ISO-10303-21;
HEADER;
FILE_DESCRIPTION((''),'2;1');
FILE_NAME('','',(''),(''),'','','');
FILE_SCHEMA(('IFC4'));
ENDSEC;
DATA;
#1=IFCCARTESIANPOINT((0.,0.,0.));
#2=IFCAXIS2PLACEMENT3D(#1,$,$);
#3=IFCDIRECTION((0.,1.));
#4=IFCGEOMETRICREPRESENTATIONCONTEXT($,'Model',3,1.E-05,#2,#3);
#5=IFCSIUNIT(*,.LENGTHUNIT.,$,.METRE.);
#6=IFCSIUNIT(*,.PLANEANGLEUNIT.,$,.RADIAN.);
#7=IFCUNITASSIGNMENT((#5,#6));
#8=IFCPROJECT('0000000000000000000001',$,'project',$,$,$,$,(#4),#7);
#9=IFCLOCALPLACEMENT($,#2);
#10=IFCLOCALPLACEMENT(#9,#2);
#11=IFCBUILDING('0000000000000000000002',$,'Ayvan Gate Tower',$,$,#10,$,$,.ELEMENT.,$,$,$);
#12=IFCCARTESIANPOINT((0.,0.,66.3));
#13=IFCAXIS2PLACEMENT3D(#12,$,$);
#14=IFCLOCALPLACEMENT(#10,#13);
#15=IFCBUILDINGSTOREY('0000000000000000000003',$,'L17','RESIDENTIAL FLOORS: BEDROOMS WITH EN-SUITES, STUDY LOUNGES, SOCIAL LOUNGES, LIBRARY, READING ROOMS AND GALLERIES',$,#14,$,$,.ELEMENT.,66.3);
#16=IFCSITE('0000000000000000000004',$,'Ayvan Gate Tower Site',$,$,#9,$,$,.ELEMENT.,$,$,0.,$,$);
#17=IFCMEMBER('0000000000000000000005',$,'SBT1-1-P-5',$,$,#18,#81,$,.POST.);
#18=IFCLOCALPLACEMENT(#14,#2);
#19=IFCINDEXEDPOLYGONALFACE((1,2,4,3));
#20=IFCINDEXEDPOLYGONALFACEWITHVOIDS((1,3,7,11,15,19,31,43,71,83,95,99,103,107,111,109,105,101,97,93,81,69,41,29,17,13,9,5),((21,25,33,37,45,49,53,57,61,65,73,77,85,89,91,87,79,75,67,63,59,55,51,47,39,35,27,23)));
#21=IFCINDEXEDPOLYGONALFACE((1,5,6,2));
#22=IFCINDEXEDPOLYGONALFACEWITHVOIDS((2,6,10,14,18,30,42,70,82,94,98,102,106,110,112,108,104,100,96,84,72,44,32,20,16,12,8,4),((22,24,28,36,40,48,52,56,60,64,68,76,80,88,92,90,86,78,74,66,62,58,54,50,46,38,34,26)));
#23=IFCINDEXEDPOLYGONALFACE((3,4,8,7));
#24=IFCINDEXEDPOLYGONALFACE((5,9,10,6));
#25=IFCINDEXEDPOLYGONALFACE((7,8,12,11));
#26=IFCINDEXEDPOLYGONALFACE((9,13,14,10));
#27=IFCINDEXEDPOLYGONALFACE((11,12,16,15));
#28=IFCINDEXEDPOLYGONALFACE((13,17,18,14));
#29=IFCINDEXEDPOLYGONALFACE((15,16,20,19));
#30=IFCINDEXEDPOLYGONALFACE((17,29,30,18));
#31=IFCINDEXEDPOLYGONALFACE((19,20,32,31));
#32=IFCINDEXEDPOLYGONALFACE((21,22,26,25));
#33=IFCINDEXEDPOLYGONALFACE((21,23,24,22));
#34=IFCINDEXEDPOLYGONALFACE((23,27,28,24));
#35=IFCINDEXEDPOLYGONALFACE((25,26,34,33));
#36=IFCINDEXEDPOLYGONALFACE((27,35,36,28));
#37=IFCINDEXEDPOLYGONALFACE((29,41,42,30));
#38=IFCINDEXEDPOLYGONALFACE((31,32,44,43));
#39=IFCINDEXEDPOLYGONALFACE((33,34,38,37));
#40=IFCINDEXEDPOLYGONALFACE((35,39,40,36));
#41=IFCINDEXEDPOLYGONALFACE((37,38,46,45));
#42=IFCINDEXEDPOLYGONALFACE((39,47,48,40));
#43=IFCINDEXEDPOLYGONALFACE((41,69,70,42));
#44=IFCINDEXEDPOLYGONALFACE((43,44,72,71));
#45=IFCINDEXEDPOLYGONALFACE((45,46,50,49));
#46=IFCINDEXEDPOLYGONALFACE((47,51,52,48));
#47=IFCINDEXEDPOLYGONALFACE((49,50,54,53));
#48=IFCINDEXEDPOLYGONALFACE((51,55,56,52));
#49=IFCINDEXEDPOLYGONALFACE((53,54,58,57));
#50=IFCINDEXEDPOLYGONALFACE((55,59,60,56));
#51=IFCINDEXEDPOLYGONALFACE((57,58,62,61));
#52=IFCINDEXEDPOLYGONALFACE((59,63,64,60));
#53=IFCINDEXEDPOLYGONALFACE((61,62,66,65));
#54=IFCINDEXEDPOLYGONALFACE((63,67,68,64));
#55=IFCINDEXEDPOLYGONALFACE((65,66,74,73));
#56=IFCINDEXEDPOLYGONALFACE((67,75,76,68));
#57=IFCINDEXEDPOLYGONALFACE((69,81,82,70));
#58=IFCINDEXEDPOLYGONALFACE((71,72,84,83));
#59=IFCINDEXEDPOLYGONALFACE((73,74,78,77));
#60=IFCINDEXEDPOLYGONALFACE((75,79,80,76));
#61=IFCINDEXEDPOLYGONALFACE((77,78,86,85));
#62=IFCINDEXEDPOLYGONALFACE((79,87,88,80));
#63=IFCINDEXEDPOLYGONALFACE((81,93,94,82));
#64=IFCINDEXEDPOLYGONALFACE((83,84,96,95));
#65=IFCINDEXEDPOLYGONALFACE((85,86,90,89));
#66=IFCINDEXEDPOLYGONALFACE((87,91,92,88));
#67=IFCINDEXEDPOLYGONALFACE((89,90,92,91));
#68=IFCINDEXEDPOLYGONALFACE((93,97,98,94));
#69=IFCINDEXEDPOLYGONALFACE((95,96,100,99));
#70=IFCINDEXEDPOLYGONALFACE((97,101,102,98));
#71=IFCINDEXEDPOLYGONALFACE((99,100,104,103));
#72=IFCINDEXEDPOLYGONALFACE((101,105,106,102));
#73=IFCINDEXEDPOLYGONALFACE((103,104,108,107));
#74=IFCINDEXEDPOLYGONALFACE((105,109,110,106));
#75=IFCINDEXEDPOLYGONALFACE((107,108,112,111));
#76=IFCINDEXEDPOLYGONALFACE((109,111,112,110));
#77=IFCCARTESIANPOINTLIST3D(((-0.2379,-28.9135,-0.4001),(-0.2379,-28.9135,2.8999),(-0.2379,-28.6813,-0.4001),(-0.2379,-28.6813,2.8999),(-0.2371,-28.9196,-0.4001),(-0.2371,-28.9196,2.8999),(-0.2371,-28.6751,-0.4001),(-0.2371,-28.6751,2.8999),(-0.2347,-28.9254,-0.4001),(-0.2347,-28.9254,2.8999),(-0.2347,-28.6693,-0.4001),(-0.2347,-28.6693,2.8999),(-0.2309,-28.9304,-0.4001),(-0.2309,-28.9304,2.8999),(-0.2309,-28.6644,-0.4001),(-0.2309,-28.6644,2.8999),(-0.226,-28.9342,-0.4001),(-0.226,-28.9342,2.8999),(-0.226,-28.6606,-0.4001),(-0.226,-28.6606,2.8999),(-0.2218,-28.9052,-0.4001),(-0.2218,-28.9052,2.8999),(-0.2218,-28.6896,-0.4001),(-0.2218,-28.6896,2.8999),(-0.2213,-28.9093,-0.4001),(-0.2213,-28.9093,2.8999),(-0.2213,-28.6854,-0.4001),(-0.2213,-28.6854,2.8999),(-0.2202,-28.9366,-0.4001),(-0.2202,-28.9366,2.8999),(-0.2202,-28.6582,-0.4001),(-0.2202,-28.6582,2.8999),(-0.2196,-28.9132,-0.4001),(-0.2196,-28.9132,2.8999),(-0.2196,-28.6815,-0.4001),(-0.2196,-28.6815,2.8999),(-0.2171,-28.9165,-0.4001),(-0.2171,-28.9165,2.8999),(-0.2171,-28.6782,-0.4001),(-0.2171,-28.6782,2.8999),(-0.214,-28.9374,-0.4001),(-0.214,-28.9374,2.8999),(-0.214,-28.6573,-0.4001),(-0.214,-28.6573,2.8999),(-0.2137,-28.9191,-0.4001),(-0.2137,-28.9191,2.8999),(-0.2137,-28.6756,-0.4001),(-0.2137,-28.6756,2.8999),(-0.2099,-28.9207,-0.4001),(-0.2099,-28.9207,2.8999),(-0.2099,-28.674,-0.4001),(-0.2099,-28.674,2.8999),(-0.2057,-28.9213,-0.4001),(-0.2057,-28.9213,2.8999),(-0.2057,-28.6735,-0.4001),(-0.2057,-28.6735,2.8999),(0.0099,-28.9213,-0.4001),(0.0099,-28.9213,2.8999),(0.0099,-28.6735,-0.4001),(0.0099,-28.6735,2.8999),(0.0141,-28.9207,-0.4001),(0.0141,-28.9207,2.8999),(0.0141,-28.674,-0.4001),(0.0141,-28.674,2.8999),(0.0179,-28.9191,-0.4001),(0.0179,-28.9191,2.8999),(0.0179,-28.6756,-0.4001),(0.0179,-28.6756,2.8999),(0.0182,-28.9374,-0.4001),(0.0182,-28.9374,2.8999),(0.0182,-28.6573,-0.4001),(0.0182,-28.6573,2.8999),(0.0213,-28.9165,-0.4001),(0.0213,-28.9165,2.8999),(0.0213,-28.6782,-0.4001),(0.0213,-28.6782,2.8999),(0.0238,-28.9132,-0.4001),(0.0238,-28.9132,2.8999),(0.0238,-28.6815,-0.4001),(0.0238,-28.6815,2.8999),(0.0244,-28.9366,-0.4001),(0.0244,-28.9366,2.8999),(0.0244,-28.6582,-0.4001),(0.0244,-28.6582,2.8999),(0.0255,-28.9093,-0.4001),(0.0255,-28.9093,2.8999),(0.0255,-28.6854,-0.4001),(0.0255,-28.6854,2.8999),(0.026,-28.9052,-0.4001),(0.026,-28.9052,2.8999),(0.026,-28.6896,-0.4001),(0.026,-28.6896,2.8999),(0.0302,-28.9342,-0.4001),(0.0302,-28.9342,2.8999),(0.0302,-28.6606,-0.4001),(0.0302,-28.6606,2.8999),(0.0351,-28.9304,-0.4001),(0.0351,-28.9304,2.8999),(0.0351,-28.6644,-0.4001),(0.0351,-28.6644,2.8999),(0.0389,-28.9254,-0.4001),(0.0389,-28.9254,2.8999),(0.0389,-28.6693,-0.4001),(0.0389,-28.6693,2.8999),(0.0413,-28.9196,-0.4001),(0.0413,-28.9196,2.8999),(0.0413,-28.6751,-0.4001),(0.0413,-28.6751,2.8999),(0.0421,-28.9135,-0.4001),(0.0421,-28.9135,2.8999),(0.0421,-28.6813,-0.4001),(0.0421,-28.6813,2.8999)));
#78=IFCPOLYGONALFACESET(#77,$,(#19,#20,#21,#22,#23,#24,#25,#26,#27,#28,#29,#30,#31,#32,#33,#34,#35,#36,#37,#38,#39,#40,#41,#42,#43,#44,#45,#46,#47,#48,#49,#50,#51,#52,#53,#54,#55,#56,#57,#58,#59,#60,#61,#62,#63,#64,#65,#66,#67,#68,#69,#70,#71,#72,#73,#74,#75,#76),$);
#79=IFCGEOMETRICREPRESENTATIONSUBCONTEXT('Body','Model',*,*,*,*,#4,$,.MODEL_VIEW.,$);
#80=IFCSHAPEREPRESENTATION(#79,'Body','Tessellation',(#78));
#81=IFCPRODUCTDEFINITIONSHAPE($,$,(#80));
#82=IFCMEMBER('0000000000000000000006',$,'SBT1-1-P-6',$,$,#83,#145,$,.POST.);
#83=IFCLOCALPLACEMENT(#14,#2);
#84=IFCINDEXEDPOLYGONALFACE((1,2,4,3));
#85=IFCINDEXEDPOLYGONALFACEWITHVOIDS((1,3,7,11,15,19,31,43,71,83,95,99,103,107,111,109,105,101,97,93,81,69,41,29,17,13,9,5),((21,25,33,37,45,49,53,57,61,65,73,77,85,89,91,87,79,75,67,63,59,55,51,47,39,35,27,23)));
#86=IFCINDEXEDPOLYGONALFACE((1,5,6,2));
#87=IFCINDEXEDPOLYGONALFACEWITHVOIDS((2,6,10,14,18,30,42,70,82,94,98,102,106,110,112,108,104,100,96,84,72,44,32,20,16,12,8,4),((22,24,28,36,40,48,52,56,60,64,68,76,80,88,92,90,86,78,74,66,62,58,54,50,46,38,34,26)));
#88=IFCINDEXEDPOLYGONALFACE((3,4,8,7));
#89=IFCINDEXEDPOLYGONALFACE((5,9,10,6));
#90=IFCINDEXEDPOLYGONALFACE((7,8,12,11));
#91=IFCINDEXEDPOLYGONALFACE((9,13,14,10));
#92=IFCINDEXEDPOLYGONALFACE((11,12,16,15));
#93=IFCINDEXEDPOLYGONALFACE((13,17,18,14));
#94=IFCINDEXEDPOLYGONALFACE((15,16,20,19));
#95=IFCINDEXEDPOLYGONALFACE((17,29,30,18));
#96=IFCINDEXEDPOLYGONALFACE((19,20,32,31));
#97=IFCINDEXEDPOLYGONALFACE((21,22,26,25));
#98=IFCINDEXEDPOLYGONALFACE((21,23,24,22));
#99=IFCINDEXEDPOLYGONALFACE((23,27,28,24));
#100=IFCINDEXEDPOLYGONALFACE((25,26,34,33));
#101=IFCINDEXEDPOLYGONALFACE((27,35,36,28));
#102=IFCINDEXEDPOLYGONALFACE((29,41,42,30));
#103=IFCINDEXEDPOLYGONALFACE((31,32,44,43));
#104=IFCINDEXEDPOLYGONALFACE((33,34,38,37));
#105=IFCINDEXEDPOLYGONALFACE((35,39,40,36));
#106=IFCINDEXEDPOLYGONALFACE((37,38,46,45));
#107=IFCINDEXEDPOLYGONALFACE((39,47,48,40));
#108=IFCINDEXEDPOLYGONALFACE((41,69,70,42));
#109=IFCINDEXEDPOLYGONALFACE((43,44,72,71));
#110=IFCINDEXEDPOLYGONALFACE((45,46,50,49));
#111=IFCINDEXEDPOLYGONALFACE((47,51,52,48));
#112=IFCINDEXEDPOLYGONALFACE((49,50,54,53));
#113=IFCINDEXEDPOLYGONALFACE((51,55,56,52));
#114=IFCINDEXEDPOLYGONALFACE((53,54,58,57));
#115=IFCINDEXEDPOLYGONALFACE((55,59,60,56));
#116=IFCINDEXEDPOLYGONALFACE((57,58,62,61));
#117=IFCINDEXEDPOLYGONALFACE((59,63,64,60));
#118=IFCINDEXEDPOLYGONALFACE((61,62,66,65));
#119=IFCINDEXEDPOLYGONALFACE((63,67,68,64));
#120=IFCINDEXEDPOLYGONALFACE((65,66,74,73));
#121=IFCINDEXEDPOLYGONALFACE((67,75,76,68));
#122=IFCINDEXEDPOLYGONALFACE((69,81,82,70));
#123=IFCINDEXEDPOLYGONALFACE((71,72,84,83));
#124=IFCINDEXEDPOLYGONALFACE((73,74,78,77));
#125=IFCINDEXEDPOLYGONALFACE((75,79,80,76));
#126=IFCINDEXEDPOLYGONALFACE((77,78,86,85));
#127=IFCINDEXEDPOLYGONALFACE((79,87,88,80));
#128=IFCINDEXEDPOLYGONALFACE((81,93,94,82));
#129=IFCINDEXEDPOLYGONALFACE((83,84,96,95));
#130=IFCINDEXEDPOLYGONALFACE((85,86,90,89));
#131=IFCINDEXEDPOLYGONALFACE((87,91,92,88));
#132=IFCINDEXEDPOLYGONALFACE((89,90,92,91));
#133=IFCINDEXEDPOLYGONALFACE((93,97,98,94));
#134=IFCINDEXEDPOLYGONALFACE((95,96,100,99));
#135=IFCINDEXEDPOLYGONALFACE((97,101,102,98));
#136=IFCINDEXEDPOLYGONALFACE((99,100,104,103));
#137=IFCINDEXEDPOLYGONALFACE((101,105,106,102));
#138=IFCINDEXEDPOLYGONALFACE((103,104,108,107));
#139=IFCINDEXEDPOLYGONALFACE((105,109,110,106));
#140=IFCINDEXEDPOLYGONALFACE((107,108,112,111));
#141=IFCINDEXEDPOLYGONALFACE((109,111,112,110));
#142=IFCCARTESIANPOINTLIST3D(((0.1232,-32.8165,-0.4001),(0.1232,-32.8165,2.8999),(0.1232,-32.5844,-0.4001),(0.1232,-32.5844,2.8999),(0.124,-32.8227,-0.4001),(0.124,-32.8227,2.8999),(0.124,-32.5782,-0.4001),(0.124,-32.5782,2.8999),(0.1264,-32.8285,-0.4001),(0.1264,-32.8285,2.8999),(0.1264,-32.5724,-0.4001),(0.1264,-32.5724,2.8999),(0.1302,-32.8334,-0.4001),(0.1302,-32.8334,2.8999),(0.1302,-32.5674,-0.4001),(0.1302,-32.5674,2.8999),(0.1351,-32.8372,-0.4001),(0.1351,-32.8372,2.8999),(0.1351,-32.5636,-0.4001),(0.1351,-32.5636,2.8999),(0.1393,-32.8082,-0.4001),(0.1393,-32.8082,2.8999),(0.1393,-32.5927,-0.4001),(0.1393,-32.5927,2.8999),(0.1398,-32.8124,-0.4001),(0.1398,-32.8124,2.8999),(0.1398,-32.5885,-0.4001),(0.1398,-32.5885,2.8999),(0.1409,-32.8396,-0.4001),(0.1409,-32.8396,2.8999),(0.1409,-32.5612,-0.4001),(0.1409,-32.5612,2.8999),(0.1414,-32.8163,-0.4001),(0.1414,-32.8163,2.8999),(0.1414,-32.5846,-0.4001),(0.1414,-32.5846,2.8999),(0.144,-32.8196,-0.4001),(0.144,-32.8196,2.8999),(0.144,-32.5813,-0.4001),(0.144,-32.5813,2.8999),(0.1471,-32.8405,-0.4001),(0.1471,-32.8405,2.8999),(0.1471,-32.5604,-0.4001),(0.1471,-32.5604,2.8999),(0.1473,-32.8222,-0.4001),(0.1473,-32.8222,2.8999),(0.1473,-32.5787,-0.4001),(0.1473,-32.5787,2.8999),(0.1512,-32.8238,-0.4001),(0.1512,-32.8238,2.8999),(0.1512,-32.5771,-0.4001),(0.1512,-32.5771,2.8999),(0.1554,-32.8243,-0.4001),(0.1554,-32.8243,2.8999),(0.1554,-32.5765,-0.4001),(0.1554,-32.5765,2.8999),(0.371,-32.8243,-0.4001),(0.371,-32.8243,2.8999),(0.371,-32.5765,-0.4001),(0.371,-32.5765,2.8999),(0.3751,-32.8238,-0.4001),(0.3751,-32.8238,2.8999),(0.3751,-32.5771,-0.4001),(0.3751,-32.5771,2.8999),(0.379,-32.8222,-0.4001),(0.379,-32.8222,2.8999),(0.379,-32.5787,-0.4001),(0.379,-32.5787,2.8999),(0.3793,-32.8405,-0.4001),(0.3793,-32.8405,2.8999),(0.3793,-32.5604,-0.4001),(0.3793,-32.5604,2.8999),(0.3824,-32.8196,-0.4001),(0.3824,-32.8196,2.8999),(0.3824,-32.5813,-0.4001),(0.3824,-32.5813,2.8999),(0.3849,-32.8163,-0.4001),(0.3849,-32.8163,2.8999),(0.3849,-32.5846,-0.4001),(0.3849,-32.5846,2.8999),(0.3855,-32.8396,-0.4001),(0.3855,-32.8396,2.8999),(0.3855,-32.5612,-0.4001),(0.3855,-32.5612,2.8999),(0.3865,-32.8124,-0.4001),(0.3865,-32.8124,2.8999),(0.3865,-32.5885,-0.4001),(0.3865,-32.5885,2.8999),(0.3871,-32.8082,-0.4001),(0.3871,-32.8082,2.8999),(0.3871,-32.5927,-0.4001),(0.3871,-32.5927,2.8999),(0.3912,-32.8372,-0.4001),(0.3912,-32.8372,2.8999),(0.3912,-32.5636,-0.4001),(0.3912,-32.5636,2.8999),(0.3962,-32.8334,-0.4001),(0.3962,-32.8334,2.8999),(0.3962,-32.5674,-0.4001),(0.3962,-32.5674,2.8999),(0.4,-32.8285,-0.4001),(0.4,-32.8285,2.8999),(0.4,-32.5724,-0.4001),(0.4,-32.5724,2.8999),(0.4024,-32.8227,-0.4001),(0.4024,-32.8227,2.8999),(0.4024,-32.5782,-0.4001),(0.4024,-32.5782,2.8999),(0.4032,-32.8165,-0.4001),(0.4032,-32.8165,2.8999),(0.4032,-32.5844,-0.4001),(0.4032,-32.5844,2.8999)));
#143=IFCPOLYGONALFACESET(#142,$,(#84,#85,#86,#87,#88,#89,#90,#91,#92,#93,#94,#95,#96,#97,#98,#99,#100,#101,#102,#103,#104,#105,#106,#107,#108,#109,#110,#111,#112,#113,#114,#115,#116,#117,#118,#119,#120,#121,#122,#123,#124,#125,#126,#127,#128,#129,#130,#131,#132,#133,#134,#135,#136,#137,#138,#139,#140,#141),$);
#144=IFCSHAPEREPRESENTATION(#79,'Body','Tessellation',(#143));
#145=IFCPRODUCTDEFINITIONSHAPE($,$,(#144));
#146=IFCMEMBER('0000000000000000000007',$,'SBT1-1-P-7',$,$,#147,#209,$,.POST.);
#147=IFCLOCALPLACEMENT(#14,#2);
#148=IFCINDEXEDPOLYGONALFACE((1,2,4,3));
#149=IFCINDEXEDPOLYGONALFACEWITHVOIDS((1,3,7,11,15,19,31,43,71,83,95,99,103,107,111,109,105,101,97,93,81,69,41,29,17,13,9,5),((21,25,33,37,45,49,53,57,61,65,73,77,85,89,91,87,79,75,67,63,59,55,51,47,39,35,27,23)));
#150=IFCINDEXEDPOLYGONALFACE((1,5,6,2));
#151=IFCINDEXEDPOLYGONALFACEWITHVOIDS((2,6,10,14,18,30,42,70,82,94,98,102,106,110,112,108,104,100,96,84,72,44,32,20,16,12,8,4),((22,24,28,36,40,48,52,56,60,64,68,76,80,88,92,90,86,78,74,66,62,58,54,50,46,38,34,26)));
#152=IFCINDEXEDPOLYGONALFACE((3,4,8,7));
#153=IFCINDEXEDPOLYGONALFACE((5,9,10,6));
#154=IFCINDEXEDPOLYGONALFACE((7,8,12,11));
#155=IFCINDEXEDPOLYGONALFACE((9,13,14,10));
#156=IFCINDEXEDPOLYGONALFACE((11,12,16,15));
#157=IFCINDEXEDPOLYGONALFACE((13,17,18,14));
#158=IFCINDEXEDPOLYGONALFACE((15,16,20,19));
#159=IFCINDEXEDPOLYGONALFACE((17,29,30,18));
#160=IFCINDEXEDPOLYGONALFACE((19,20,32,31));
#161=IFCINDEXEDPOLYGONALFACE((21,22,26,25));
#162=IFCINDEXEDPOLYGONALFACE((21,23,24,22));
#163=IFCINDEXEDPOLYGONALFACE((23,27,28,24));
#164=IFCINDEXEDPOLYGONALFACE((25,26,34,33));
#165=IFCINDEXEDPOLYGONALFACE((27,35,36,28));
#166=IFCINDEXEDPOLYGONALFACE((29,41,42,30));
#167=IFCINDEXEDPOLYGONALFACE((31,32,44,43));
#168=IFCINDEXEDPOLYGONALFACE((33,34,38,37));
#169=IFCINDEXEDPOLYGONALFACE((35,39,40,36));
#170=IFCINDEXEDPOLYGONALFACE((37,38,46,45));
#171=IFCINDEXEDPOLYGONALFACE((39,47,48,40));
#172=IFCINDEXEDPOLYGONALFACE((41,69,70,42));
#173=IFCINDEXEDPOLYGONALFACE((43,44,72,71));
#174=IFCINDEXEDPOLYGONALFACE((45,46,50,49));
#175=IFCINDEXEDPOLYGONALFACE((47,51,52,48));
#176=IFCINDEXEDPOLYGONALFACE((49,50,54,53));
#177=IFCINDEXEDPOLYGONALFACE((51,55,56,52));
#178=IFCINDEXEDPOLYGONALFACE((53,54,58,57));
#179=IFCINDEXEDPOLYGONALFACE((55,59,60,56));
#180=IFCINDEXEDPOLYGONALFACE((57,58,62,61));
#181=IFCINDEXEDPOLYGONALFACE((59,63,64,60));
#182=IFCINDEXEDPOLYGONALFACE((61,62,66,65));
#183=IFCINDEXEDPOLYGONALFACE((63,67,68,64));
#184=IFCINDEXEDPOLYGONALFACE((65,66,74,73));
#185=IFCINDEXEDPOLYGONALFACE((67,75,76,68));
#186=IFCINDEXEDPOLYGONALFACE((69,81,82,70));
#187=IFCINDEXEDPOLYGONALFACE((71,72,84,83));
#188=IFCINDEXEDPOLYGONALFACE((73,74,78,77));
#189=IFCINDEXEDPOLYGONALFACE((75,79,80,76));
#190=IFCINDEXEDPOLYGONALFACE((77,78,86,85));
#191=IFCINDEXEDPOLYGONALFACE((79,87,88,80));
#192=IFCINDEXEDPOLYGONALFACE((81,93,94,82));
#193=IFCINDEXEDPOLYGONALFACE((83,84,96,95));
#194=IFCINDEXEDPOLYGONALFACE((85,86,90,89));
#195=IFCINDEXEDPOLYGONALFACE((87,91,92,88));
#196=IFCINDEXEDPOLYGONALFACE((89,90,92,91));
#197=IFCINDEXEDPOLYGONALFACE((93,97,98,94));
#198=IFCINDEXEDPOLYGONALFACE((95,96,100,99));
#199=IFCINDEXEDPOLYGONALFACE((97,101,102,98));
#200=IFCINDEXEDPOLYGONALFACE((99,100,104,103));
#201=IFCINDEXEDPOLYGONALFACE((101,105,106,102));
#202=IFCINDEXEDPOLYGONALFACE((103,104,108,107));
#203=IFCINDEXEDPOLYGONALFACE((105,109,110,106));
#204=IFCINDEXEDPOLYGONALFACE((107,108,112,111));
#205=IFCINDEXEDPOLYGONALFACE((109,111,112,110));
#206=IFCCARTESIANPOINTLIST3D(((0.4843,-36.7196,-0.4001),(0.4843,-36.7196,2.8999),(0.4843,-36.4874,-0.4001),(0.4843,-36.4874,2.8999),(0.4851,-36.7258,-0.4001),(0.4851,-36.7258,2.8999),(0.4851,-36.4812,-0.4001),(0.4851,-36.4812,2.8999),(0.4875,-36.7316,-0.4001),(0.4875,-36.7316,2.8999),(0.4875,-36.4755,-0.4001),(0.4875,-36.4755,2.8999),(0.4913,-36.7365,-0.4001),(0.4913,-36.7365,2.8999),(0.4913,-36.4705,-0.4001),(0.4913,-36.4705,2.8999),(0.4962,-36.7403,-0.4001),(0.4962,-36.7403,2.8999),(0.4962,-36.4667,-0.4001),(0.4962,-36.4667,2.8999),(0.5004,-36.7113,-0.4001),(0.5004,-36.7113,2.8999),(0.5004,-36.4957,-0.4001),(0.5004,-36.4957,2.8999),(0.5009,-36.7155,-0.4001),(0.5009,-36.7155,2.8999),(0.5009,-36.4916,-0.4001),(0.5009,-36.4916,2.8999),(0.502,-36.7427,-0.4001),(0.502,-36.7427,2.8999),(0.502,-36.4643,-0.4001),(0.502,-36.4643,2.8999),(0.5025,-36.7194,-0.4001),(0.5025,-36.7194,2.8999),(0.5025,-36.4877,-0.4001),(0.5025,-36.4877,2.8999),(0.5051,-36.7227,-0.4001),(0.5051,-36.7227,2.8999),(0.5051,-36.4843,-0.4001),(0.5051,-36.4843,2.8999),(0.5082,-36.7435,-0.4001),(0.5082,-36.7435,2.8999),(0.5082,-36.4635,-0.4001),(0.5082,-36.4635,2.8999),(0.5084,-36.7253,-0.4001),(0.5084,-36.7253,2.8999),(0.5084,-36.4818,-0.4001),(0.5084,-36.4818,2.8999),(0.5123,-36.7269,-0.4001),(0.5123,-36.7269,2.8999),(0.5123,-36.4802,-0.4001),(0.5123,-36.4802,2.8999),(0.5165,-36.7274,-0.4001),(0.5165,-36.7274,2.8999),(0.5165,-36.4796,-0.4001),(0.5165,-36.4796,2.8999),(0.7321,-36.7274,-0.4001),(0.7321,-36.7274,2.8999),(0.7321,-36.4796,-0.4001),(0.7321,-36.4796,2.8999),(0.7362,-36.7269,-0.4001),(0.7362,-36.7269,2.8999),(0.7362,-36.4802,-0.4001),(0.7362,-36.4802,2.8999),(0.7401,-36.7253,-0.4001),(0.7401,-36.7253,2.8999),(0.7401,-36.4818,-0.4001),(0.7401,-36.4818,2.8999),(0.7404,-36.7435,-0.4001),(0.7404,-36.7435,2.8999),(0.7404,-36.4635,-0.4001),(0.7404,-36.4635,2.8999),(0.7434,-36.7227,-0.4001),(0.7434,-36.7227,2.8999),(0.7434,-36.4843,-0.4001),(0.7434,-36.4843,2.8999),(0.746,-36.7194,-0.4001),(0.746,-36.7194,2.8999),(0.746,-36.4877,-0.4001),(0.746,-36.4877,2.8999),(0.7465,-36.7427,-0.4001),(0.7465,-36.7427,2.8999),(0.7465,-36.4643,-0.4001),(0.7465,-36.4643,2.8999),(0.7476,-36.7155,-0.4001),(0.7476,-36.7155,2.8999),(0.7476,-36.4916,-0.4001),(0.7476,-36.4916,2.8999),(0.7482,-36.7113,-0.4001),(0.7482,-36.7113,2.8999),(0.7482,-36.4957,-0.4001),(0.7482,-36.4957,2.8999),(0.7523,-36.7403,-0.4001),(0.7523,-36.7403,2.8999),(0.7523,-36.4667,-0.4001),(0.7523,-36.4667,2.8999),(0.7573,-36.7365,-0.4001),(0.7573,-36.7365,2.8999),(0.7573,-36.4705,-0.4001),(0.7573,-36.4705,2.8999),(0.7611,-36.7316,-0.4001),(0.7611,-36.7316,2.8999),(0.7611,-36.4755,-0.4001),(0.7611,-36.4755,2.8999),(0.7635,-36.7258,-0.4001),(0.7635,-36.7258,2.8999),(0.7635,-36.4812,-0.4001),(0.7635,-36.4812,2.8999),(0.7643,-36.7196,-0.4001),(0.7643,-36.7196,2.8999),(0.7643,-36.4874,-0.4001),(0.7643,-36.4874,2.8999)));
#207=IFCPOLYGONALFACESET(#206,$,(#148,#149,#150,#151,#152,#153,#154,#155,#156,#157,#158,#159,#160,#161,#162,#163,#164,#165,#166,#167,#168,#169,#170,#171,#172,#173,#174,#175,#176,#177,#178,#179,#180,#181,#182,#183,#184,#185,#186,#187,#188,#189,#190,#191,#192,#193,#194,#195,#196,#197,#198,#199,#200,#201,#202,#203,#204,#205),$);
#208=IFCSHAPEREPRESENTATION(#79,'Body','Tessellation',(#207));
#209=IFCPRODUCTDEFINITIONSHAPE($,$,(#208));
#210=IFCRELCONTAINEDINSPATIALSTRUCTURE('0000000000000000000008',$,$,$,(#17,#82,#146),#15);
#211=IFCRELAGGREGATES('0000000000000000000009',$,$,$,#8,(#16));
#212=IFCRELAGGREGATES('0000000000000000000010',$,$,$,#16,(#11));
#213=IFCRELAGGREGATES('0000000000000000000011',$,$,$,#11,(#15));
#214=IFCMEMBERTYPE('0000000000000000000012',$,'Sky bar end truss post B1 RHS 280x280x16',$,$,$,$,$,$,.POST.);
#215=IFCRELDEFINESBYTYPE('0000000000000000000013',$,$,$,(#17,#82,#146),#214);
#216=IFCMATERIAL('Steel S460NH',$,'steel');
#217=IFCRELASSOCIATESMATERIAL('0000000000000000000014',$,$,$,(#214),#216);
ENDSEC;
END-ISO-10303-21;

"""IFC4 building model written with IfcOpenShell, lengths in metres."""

from ifc_helpers import new_model, si_unit, direction, frame, origin, origin_2d, place, context, subcontext, project, spatial, hollow_rectangle, extrude, material, material_profile, profile_set, type_object, element, save


model = new_model("IFC4")

# Units and contexts
model_context = context("Model", 3, precision=1e-05, world=origin(), true_north=direction((0.0, 1.0)))
body_context = subcontext(model_context, "Body", "Model", "MODEL_VIEW")
ifc_project = project(units=[si_unit("LENGTHUNIT", "METRE"), si_unit("PLANEANGLEUNIT", "RADIAN")], contexts=[model_context])

# Site, building, storey
site_placement = place(None, origin())
site = spatial("IfcSite", under=ifc_project, at=site_placement, Name="Ayvan Gate Tower Site", CompositionType="ELEMENT", RefElevation=0.0)
building_placement = place(site_placement, origin())
building = spatial("IfcBuilding", under=site, at=building_placement, Name="Ayvan Gate Tower", CompositionType="ELEMENT")
storey_placement = place(building_placement, frame((0.0, 0.0, 66.3)))
storey = spatial("IfcBuildingStorey", under=building, at=storey_placement, Name="L17", Description="RESIDENTIAL FLOORS: BEDROOMS WITH EN-SUITES, STUDY LOUNGES, SOCIAL LOUNGES, LIBRARY, READING ROOMS AND GALLERIES", CompositionType="ELEMENT", Elevation=66.3)

# Shared definitions
ifc_material_1 = material(Name="Steel S460NH", Category="steel")

# Members
ifc_material_profile_1 = material_profile(ifc_material_1, hollow_rectangle(XDim=0.28, YDim=0.28, WallThickness=0.0161, InnerFilletRadius=0.0161, OuterFilletRadius=0.0239, at=origin_2d()), Name="RHS 280x280x16")
ifc_profile_set_1 = profile_set([ifc_material_profile_1], Name="Steel S460NH")
member_type_1 = type_object("IfcMemberType", Name="Sky bar end truss post B1 RHS 280x280x16", PredefinedType="POST", material=ifc_profile_set_1)
for number, where, z_axis, x_axis, name in (
    (1, (-0.0979, -28.7974, -0.4001), (0.0, 0.0, 1.0), (1.0, 0.0, 0.0), "SBT1-1-P-5"),
    (2, (0.2632, -32.7004, -0.4001), (0.0, 0.0, 1.0), (1.0, 0.0, 0.0), "SBT1-1-P-6"),
    (3, (0.6243, -36.6035, -0.4001), (0.0, 0.0, 1.0), (1.0, 0.0, 0.0), "SBT1-1-P-7"),
):
    element("IfcMember", number, at=place(storey_placement, frame(where, z_axis=z_axis, x_axis=x_axis)), inside=storey, type_object=member_type_1, Name=name, PredefinedType="POST", context=body_context, shape_type="SweptSolid", body=[
        extrude(hollow_rectangle(XDim=0.28, YDim=0.28, WallThickness=0.0161, InnerFilletRadius=0.0161, OuterFilletRadius=0.0239, at=origin_2d()), origin(), (0.0, 0.0, 1.0), 3.3),
    ])

save(model, "model.ifc")
